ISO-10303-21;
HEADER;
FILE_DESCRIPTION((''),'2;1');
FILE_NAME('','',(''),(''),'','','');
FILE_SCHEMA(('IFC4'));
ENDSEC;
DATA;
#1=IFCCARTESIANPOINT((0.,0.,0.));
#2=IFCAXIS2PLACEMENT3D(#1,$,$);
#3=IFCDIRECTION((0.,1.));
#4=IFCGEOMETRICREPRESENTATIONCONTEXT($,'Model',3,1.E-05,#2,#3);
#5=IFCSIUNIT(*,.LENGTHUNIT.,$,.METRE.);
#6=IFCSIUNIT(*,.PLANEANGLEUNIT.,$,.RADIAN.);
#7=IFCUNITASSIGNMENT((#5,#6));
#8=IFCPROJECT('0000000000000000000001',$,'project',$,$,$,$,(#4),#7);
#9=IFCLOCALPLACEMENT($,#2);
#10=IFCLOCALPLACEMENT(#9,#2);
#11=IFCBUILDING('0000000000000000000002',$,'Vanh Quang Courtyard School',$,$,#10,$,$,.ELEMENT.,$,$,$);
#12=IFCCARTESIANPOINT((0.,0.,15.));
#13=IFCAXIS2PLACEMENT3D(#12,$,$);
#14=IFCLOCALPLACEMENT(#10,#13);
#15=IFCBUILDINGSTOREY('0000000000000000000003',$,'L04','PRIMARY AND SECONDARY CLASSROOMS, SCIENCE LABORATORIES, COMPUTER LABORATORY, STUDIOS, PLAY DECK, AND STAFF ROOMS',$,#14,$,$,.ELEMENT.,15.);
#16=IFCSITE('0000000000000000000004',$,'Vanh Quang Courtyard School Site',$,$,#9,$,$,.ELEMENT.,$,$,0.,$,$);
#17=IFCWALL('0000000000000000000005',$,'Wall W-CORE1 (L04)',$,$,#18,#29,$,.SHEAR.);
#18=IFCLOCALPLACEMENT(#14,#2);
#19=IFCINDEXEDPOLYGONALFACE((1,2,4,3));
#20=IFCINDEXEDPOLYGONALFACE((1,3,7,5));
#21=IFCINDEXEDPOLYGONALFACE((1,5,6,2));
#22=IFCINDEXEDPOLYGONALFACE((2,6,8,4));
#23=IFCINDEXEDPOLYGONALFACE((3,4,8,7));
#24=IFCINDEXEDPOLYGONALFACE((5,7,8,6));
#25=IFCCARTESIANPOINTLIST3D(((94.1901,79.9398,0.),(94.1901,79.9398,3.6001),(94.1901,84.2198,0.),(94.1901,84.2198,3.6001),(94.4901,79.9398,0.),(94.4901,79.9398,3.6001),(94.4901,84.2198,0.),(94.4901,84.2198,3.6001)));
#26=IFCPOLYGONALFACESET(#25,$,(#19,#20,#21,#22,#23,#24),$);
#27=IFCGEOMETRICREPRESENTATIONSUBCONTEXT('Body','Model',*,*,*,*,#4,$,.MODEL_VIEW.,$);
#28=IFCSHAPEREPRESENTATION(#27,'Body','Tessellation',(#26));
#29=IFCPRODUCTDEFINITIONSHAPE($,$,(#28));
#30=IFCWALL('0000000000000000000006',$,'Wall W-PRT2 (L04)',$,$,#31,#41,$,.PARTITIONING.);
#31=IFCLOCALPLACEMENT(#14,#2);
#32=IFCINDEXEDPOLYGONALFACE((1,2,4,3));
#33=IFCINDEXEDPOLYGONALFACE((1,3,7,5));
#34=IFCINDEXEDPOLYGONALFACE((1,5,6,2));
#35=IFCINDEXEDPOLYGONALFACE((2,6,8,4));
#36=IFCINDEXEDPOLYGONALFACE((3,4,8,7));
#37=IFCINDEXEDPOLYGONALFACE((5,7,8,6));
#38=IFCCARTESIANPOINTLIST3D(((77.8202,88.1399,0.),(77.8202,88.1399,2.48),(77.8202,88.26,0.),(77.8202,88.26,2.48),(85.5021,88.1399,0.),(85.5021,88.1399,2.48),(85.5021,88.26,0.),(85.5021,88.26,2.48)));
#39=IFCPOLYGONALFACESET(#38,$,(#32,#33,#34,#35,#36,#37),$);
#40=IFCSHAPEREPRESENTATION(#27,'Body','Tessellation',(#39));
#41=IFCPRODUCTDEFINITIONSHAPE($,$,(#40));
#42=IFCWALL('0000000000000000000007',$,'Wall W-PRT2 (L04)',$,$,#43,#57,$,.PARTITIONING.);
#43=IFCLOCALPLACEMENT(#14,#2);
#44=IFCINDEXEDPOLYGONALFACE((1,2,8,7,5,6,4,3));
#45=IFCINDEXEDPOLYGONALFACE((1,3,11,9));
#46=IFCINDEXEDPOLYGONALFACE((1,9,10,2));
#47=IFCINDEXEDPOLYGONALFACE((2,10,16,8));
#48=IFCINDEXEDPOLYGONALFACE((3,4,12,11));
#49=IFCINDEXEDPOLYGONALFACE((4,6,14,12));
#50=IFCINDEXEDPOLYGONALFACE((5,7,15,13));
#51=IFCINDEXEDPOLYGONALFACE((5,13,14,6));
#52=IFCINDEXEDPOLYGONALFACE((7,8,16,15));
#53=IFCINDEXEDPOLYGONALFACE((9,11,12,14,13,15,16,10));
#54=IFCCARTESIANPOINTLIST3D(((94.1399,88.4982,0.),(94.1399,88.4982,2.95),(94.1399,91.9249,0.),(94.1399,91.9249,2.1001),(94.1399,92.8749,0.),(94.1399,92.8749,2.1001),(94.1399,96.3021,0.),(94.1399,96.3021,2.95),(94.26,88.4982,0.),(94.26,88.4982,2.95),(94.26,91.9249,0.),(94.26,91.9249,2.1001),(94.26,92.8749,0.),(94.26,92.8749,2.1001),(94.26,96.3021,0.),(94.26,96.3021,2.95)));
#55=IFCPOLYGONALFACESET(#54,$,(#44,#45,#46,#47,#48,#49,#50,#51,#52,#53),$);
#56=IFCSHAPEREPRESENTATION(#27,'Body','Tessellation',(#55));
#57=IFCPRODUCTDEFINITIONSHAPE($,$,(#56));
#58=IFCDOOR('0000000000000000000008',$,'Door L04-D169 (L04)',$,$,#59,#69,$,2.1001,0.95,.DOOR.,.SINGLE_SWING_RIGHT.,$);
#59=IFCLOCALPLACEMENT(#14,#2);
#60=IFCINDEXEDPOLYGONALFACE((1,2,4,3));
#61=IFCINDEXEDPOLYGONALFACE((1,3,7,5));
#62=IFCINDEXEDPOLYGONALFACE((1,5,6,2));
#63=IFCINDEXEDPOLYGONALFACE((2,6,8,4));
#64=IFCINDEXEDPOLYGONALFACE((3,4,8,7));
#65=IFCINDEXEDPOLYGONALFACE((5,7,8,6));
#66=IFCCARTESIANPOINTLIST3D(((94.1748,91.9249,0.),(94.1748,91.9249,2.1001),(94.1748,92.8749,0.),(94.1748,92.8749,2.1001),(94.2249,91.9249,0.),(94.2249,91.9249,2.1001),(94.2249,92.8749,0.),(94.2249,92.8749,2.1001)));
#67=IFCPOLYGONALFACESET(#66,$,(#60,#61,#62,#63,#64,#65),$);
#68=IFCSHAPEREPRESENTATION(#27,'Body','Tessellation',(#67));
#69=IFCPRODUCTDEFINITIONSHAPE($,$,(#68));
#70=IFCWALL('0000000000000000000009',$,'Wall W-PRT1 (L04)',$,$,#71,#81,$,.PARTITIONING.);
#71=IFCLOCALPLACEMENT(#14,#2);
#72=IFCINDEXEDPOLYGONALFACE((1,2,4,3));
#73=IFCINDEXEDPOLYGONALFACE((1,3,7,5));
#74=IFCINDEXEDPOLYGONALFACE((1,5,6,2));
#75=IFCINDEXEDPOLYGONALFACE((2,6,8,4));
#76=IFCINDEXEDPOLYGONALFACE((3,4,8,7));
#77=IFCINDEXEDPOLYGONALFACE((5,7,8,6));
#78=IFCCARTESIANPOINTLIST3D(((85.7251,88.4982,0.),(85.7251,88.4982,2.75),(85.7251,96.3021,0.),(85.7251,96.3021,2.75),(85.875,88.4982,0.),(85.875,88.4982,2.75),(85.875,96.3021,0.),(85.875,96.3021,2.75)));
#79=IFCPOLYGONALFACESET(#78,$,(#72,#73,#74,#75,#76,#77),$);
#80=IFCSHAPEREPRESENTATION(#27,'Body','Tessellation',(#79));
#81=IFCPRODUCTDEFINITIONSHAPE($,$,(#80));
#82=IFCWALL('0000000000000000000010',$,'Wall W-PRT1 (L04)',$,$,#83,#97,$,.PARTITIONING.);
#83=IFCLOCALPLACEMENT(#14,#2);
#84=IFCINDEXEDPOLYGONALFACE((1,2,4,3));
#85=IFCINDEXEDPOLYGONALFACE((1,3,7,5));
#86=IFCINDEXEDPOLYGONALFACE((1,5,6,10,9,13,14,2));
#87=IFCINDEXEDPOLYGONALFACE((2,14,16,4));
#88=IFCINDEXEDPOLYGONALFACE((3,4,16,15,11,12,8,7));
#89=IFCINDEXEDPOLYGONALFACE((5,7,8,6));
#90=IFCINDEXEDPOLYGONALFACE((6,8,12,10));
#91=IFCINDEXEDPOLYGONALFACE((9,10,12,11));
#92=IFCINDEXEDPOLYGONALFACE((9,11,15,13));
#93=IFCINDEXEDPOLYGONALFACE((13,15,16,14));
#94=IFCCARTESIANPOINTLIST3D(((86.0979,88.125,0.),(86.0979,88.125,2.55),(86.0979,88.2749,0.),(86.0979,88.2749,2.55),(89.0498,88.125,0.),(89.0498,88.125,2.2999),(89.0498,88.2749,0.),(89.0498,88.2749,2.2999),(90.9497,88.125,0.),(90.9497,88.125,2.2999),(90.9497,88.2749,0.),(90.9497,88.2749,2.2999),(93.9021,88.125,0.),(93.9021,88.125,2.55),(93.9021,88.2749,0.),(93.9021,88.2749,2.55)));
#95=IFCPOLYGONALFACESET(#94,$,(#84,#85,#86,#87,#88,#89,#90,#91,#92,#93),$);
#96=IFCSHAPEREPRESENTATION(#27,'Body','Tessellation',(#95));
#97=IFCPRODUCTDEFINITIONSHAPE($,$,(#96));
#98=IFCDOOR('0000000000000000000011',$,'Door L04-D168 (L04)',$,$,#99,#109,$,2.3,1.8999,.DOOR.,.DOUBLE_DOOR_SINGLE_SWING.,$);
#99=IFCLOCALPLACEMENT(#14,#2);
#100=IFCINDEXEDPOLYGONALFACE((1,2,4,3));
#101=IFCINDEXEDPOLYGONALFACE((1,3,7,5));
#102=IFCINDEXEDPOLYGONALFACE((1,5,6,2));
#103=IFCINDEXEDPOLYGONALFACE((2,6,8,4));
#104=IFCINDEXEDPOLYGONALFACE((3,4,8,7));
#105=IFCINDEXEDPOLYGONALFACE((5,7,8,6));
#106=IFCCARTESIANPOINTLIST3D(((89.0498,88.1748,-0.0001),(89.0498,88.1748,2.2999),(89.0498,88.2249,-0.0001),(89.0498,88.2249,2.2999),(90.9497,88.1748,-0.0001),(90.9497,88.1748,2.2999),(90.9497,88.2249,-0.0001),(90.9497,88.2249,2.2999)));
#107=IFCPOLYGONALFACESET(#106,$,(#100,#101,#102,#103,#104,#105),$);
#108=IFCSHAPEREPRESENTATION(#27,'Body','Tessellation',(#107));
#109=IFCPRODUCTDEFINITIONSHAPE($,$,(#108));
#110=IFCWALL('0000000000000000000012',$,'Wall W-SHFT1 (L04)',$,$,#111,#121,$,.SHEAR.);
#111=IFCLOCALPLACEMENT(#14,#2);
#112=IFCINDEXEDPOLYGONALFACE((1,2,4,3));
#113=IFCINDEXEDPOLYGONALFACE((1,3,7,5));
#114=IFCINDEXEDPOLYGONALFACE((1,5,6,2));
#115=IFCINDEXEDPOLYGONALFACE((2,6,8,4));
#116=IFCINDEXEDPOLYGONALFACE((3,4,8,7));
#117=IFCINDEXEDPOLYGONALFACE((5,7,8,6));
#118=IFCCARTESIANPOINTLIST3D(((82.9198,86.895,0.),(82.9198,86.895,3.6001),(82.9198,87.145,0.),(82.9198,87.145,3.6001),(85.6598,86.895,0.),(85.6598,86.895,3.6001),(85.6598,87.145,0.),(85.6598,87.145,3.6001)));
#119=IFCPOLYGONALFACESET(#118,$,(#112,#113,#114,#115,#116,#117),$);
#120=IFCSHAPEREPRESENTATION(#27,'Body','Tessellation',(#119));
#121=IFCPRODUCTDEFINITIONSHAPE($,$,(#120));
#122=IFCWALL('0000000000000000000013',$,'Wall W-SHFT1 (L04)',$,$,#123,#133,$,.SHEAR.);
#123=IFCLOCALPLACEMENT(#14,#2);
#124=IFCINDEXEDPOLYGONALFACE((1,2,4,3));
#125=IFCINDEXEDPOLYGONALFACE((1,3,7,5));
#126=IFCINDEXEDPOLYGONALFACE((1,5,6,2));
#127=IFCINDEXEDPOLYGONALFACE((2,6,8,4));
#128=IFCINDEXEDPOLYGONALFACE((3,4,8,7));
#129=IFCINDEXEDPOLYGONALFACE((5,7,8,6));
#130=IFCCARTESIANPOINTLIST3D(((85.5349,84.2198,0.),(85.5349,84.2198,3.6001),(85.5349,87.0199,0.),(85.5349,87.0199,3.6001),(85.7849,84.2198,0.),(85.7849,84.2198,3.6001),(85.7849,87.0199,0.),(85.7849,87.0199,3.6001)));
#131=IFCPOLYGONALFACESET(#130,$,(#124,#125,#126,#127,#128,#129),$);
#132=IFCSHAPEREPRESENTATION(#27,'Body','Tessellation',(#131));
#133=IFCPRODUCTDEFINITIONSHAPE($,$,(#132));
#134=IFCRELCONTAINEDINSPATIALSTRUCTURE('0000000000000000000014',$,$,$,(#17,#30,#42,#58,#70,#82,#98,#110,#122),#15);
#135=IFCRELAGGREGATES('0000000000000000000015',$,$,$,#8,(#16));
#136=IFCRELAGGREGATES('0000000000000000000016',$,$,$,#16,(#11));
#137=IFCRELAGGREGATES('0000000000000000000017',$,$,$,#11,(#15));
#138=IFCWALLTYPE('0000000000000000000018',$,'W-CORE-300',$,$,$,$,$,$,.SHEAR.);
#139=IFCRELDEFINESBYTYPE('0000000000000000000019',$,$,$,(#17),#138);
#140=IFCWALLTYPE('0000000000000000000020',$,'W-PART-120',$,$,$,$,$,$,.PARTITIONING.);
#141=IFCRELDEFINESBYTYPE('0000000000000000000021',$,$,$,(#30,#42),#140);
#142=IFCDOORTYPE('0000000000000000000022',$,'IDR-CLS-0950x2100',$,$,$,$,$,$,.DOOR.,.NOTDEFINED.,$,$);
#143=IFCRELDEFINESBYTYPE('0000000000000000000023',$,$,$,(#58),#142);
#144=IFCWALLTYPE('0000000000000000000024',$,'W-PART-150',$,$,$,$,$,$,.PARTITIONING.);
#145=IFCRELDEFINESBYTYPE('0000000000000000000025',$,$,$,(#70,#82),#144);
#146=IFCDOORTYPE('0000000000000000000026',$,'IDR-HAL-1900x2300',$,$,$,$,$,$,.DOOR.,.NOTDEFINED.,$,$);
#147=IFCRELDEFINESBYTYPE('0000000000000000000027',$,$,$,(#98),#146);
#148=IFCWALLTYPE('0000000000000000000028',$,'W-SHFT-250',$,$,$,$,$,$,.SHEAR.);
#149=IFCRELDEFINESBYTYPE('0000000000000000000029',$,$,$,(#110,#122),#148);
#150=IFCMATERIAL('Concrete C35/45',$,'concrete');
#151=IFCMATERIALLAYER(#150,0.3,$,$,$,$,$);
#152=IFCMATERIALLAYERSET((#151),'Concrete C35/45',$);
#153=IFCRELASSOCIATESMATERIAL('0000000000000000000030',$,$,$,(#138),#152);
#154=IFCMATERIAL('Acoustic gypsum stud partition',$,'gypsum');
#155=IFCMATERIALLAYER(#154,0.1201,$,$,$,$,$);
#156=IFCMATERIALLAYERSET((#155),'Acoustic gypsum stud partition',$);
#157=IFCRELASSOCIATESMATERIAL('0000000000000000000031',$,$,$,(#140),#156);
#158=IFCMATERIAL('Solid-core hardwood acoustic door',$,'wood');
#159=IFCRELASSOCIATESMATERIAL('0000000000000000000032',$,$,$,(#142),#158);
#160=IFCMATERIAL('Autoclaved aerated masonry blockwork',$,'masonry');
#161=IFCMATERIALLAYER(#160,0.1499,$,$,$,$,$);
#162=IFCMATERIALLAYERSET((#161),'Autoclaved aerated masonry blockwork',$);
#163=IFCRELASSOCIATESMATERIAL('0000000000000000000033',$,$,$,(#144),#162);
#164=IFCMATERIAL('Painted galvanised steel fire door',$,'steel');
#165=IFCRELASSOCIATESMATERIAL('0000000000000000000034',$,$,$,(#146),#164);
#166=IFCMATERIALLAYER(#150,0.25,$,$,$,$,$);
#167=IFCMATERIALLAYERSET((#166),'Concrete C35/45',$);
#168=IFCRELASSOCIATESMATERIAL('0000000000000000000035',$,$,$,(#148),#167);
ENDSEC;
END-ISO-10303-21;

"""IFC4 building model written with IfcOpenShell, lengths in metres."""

from ifc_helpers import new_model, si_unit, direction, frame, frame_2d, origin, place, context, subcontext, project, spatial, rectangle, extrude, material, layer, layer_set, type_object, element, fill, save


model = new_model("IFC4")

# Units and contexts
model_context = context("Model", 3, precision=1e-05, world=origin(), true_north=direction((0.0, 1.0)))
body_context = subcontext(model_context, "Body", "Model", "MODEL_VIEW")
ifc_project = project(units=[si_unit("LENGTHUNIT", "METRE"), si_unit("PLANEANGLEUNIT", "RADIAN")], contexts=[model_context])

# Site, building, storey
site_placement = place(None, origin())
site = spatial("IfcSite", under=ifc_project, at=site_placement, Name="Vanh Quang Courtyard School Site", CompositionType="ELEMENT", RefElevation=0.0)
building_placement = place(site_placement, origin())
building = spatial("IfcBuilding", under=site, at=building_placement, Name="Vanh Quang Courtyard School", CompositionType="ELEMENT")
storey_placement = place(building_placement, frame((0.0, 0.0, 15.0)))
storey = spatial("IfcBuildingStorey", under=building, at=storey_placement, Name="L04", Description="PRIMARY AND SECONDARY CLASSROOMS, SCIENCE LABORATORIES, COMPUTER LABORATORY, STUDIOS, PLAY DECK, AND STAFF ROOMS", CompositionType="ELEMENT", Elevation=15.0)

# Shared definitions
ifc_material_1 = material(Name="Concrete C35/45", Category="concrete")

# Walls
ifc_layer_1 = layer(ifc_material_1, 0.3)
ifc_layer_set_1 = layer_set([ifc_layer_1], Name="Concrete C35/45")
wall_type_1 = type_object("IfcWallType", Name="W-CORE-300", PredefinedType="SHEAR", material=ifc_layer_set_1)
wall_1_placement = place(storey_placement, frame((94.3401, 84.22, 0.0), z_axis=(0.0, 0.0, 1.0), x_axis=(0.0, -1.0, 0.0)))
element("IfcWall", 1, at=wall_1_placement, inside=storey, type_object=wall_type_1, Name="Wall W-CORE1 (L04)", PredefinedType="SHEAR", context=body_context, shape_type="SweptSolid", body=[
    extrude(rectangle(XDim=4.28, YDim=0.3, at=frame_2d((2.1401, 0.0))), origin(), (0.0, 0.0, 1.0), 3.6001),
])
ifc_material_2 = material(Name="Acoustic gypsum stud partition", Category="gypsum")
ifc_layer_2 = layer(ifc_material_2, 0.1201)
ifc_layer_set_2 = layer_set([ifc_layer_2], Name="Acoustic gypsum stud partition")
wall_type_2 = type_object("IfcWallType", Name="W-PART-120", PredefinedType="PARTITIONING", material=ifc_layer_set_2)
wall_2_placement = place(storey_placement, frame((85.502, 88.2, 0.0), z_axis=(0.0, 0.0, 1.0), x_axis=(-1.0, 0.0, 0.0)))
element("IfcWall", 2, at=wall_2_placement, inside=storey, type_object=wall_type_2, Name="Wall W-PRT2 (L04)", PredefinedType="PARTITIONING", context=body_context, shape_type="SweptSolid", body=[
    extrude(rectangle(XDim=7.6819, YDim=0.1201, at=frame_2d((3.8408, 0.0))), origin(), (0.0, 0.0, 1.0), 2.48),
])

# Wall, opening, door
wall_3_placement = place(storey_placement, frame((94.2, 96.302, 0.0), z_axis=(0.0, 0.0, 1.0), x_axis=(0.0, -1.0, 0.0)))
wall_3 = element("IfcWall", 3, at=wall_3_placement, inside=storey, type_object=wall_type_2, Name="Wall W-PRT2 (L04)", PredefinedType="PARTITIONING", context=body_context, shape_type="SweptSolid", body=[
    extrude(rectangle(XDim=7.804, YDim=0.1201, at=frame_2d((3.9019, 0.0))), origin(), (0.0, 0.0, 1.0), 2.95),
])
opening_1_placement = place(wall_3_placement, frame((3.427, 0.0, 0.0)))
opening_1 = element("IfcOpeningElement", 4, at=opening_1_placement, cuts=wall_3, PredefinedType="OPENING", context=body_context, shape_type="SweptSolid", body=[
    extrude(rectangle(XDim=0.95, YDim=2.1001, at=frame_2d((0.4751, 1.05))), frame((0.0, 0.0701, 0.0), z_axis=(0.0, -1.0, 0.0), x_axis=(1.0, 0.0, 0.0)), (0.0, 0.0, 1.0), 0.1401),
])
ifc_material_3 = material(Name="Solid-core hardwood acoustic door", Category="wood")
door_type_1 = type_object("IfcDoorType", Name="IDR-CLS-0950x2100", OperationType="NOTDEFINED", PredefinedType="DOOR", material=ifc_material_3)
door_1_placement = place(opening_1_placement, origin())
door_1 = element("IfcDoor", 5, at=door_1_placement, inside=storey, type_object=door_type_1, Name="Door L04-D169 (L04)", OperationType="SINGLE_SWING_RIGHT", OverallHeight=2.1001, OverallWidth=0.95, PredefinedType="DOOR", context=body_context, shape_type="SweptSolid", body=[
    extrude(rectangle(XDim=0.95, YDim=2.1001, at=frame_2d((0.4751, 1.05))), frame((0.0, 0.0249, 0.0), z_axis=(0.0, -1.0, 0.0), x_axis=(1.0, 0.0, 0.0)), (0.0, 0.0, 1.0), 0.05),
])
fill(opening_1, door_1)

# Wall
ifc_material_4 = material(Name="Autoclaved aerated masonry blockwork", Category="masonry")
ifc_layer_3 = layer(ifc_material_4, 0.1499)
ifc_layer_set_3 = layer_set([ifc_layer_3], Name="Autoclaved aerated masonry blockwork")
wall_type_3 = type_object("IfcWallType", Name="W-PART-150", PredefinedType="PARTITIONING", material=ifc_layer_set_3)
wall_4_placement = place(storey_placement, frame((85.8, 96.302, 0.0), z_axis=(0.0, 0.0, 1.0), x_axis=(0.0, -1.0, 0.0)))
element("IfcWall", 6, at=wall_4_placement, inside=storey, type_object=wall_type_3, Name="Wall W-PRT1 (L04)", PredefinedType="PARTITIONING", context=body_context, shape_type="SweptSolid", body=[
    extrude(rectangle(XDim=7.804, YDim=0.1499, at=frame_2d((3.9019, 0.0))), origin(), (0.0, 0.0, 1.0), 2.75),
])

# Wall, opening, door
wall_5_placement = place(storey_placement, frame((86.0979, 88.2, 0.0), z_axis=(0.0, 0.0, 1.0), x_axis=(1.0, 0.0, 0.0)))
wall_5 = element("IfcWall", 7, at=wall_5_placement, inside=storey, type_object=wall_type_3, Name="Wall W-PRT1 (L04)", PredefinedType="PARTITIONING", context=body_context, shape_type="SweptSolid", body=[
    extrude(rectangle(XDim=7.8042, YDim=0.1499, at=frame_2d((3.9021, 0.0))), origin(), (0.0, 0.0, 1.0), 2.55),
])
opening_2_placement = place(wall_5_placement, frame((2.9519, 0.0, 0.0)))
opening_2 = element("IfcOpeningElement", 8, at=opening_2_placement, cuts=wall_5, PredefinedType="OPENING", context=body_context, shape_type="SweptSolid", body=[
    extrude(rectangle(XDim=1.8999, YDim=2.3, at=frame_2d((0.95, 1.1499))), frame((0.0, 0.085, 0.0), z_axis=(0.0, -1.0, 0.0), x_axis=(1.0, 0.0, 0.0)), (0.0, 0.0, 1.0), 0.1699),
])
ifc_material_5 = material(Name="Painted galvanised steel fire door", Category="steel")
door_type_2 = type_object("IfcDoorType", Name="IDR-HAL-1900x2300", OperationType="NOTDEFINED", PredefinedType="DOOR", material=ifc_material_5)
door_2_placement = place(opening_2_placement, origin())
door_2 = element("IfcDoor", 9, at=door_2_placement, inside=storey, type_object=door_type_2, Name="Door L04-D168 (L04)", OperationType="DOUBLE_DOOR_SINGLE_SWING", OverallHeight=2.3, OverallWidth=1.8999, PredefinedType="DOOR", context=body_context, shape_type="SweptSolid", body=[
    extrude(rectangle(XDim=1.8999, YDim=2.3, at=frame_2d((0.95, 1.1499))), frame((0.0, 0.0249, 0.0), z_axis=(0.0, -1.0, 0.0), x_axis=(1.0, 0.0, 0.0)), (0.0, 0.0, 1.0), 0.05),
])
fill(opening_2, door_2)
ifc_layer_4 = layer(ifc_material_1, 0.25)
ifc_layer_set_4 = layer_set([ifc_layer_4], Name="Concrete C35/45")
wall_type_4 = type_object("IfcWallType", Name="W-SHFT-250", PredefinedType="SHEAR", material=ifc_layer_set_4)

# Walls
wall_6_placement = place(storey_placement, frame((85.6599, 87.02, 0.0), z_axis=(0.0, 0.0, 1.0), x_axis=(-1.0, 0.0, 0.0)))
element("IfcWall", 10, at=wall_6_placement, inside=storey, type_object=wall_type_4, Name="Wall W-SHFT1 (L04)", PredefinedType="SHEAR", context=body_context, shape_type="SweptSolid", body=[
    extrude(rectangle(XDim=2.74, YDim=0.25, at=frame_2d((1.3701, 0.0))), origin(), (0.0, 0.0, 1.0), 3.6001),
])
wall_7_placement = place(storey_placement, frame((85.6599, 84.22, 0.0), z_axis=(0.0, 0.0, 1.0), x_axis=(0.0, 1.0, 0.0)))
element("IfcWall", 11, at=wall_7_placement, inside=storey, type_object=wall_type_4, Name="Wall W-SHFT1 (L04)", PredefinedType="SHEAR", context=body_context, shape_type="SweptSolid", body=[
    extrude(rectangle(XDim=2.8, YDim=0.25, at=frame_2d((1.3999, 0.0))), origin(), (0.0, 0.0, 1.0), 3.6001),
])

save(model, "model.ifc")
